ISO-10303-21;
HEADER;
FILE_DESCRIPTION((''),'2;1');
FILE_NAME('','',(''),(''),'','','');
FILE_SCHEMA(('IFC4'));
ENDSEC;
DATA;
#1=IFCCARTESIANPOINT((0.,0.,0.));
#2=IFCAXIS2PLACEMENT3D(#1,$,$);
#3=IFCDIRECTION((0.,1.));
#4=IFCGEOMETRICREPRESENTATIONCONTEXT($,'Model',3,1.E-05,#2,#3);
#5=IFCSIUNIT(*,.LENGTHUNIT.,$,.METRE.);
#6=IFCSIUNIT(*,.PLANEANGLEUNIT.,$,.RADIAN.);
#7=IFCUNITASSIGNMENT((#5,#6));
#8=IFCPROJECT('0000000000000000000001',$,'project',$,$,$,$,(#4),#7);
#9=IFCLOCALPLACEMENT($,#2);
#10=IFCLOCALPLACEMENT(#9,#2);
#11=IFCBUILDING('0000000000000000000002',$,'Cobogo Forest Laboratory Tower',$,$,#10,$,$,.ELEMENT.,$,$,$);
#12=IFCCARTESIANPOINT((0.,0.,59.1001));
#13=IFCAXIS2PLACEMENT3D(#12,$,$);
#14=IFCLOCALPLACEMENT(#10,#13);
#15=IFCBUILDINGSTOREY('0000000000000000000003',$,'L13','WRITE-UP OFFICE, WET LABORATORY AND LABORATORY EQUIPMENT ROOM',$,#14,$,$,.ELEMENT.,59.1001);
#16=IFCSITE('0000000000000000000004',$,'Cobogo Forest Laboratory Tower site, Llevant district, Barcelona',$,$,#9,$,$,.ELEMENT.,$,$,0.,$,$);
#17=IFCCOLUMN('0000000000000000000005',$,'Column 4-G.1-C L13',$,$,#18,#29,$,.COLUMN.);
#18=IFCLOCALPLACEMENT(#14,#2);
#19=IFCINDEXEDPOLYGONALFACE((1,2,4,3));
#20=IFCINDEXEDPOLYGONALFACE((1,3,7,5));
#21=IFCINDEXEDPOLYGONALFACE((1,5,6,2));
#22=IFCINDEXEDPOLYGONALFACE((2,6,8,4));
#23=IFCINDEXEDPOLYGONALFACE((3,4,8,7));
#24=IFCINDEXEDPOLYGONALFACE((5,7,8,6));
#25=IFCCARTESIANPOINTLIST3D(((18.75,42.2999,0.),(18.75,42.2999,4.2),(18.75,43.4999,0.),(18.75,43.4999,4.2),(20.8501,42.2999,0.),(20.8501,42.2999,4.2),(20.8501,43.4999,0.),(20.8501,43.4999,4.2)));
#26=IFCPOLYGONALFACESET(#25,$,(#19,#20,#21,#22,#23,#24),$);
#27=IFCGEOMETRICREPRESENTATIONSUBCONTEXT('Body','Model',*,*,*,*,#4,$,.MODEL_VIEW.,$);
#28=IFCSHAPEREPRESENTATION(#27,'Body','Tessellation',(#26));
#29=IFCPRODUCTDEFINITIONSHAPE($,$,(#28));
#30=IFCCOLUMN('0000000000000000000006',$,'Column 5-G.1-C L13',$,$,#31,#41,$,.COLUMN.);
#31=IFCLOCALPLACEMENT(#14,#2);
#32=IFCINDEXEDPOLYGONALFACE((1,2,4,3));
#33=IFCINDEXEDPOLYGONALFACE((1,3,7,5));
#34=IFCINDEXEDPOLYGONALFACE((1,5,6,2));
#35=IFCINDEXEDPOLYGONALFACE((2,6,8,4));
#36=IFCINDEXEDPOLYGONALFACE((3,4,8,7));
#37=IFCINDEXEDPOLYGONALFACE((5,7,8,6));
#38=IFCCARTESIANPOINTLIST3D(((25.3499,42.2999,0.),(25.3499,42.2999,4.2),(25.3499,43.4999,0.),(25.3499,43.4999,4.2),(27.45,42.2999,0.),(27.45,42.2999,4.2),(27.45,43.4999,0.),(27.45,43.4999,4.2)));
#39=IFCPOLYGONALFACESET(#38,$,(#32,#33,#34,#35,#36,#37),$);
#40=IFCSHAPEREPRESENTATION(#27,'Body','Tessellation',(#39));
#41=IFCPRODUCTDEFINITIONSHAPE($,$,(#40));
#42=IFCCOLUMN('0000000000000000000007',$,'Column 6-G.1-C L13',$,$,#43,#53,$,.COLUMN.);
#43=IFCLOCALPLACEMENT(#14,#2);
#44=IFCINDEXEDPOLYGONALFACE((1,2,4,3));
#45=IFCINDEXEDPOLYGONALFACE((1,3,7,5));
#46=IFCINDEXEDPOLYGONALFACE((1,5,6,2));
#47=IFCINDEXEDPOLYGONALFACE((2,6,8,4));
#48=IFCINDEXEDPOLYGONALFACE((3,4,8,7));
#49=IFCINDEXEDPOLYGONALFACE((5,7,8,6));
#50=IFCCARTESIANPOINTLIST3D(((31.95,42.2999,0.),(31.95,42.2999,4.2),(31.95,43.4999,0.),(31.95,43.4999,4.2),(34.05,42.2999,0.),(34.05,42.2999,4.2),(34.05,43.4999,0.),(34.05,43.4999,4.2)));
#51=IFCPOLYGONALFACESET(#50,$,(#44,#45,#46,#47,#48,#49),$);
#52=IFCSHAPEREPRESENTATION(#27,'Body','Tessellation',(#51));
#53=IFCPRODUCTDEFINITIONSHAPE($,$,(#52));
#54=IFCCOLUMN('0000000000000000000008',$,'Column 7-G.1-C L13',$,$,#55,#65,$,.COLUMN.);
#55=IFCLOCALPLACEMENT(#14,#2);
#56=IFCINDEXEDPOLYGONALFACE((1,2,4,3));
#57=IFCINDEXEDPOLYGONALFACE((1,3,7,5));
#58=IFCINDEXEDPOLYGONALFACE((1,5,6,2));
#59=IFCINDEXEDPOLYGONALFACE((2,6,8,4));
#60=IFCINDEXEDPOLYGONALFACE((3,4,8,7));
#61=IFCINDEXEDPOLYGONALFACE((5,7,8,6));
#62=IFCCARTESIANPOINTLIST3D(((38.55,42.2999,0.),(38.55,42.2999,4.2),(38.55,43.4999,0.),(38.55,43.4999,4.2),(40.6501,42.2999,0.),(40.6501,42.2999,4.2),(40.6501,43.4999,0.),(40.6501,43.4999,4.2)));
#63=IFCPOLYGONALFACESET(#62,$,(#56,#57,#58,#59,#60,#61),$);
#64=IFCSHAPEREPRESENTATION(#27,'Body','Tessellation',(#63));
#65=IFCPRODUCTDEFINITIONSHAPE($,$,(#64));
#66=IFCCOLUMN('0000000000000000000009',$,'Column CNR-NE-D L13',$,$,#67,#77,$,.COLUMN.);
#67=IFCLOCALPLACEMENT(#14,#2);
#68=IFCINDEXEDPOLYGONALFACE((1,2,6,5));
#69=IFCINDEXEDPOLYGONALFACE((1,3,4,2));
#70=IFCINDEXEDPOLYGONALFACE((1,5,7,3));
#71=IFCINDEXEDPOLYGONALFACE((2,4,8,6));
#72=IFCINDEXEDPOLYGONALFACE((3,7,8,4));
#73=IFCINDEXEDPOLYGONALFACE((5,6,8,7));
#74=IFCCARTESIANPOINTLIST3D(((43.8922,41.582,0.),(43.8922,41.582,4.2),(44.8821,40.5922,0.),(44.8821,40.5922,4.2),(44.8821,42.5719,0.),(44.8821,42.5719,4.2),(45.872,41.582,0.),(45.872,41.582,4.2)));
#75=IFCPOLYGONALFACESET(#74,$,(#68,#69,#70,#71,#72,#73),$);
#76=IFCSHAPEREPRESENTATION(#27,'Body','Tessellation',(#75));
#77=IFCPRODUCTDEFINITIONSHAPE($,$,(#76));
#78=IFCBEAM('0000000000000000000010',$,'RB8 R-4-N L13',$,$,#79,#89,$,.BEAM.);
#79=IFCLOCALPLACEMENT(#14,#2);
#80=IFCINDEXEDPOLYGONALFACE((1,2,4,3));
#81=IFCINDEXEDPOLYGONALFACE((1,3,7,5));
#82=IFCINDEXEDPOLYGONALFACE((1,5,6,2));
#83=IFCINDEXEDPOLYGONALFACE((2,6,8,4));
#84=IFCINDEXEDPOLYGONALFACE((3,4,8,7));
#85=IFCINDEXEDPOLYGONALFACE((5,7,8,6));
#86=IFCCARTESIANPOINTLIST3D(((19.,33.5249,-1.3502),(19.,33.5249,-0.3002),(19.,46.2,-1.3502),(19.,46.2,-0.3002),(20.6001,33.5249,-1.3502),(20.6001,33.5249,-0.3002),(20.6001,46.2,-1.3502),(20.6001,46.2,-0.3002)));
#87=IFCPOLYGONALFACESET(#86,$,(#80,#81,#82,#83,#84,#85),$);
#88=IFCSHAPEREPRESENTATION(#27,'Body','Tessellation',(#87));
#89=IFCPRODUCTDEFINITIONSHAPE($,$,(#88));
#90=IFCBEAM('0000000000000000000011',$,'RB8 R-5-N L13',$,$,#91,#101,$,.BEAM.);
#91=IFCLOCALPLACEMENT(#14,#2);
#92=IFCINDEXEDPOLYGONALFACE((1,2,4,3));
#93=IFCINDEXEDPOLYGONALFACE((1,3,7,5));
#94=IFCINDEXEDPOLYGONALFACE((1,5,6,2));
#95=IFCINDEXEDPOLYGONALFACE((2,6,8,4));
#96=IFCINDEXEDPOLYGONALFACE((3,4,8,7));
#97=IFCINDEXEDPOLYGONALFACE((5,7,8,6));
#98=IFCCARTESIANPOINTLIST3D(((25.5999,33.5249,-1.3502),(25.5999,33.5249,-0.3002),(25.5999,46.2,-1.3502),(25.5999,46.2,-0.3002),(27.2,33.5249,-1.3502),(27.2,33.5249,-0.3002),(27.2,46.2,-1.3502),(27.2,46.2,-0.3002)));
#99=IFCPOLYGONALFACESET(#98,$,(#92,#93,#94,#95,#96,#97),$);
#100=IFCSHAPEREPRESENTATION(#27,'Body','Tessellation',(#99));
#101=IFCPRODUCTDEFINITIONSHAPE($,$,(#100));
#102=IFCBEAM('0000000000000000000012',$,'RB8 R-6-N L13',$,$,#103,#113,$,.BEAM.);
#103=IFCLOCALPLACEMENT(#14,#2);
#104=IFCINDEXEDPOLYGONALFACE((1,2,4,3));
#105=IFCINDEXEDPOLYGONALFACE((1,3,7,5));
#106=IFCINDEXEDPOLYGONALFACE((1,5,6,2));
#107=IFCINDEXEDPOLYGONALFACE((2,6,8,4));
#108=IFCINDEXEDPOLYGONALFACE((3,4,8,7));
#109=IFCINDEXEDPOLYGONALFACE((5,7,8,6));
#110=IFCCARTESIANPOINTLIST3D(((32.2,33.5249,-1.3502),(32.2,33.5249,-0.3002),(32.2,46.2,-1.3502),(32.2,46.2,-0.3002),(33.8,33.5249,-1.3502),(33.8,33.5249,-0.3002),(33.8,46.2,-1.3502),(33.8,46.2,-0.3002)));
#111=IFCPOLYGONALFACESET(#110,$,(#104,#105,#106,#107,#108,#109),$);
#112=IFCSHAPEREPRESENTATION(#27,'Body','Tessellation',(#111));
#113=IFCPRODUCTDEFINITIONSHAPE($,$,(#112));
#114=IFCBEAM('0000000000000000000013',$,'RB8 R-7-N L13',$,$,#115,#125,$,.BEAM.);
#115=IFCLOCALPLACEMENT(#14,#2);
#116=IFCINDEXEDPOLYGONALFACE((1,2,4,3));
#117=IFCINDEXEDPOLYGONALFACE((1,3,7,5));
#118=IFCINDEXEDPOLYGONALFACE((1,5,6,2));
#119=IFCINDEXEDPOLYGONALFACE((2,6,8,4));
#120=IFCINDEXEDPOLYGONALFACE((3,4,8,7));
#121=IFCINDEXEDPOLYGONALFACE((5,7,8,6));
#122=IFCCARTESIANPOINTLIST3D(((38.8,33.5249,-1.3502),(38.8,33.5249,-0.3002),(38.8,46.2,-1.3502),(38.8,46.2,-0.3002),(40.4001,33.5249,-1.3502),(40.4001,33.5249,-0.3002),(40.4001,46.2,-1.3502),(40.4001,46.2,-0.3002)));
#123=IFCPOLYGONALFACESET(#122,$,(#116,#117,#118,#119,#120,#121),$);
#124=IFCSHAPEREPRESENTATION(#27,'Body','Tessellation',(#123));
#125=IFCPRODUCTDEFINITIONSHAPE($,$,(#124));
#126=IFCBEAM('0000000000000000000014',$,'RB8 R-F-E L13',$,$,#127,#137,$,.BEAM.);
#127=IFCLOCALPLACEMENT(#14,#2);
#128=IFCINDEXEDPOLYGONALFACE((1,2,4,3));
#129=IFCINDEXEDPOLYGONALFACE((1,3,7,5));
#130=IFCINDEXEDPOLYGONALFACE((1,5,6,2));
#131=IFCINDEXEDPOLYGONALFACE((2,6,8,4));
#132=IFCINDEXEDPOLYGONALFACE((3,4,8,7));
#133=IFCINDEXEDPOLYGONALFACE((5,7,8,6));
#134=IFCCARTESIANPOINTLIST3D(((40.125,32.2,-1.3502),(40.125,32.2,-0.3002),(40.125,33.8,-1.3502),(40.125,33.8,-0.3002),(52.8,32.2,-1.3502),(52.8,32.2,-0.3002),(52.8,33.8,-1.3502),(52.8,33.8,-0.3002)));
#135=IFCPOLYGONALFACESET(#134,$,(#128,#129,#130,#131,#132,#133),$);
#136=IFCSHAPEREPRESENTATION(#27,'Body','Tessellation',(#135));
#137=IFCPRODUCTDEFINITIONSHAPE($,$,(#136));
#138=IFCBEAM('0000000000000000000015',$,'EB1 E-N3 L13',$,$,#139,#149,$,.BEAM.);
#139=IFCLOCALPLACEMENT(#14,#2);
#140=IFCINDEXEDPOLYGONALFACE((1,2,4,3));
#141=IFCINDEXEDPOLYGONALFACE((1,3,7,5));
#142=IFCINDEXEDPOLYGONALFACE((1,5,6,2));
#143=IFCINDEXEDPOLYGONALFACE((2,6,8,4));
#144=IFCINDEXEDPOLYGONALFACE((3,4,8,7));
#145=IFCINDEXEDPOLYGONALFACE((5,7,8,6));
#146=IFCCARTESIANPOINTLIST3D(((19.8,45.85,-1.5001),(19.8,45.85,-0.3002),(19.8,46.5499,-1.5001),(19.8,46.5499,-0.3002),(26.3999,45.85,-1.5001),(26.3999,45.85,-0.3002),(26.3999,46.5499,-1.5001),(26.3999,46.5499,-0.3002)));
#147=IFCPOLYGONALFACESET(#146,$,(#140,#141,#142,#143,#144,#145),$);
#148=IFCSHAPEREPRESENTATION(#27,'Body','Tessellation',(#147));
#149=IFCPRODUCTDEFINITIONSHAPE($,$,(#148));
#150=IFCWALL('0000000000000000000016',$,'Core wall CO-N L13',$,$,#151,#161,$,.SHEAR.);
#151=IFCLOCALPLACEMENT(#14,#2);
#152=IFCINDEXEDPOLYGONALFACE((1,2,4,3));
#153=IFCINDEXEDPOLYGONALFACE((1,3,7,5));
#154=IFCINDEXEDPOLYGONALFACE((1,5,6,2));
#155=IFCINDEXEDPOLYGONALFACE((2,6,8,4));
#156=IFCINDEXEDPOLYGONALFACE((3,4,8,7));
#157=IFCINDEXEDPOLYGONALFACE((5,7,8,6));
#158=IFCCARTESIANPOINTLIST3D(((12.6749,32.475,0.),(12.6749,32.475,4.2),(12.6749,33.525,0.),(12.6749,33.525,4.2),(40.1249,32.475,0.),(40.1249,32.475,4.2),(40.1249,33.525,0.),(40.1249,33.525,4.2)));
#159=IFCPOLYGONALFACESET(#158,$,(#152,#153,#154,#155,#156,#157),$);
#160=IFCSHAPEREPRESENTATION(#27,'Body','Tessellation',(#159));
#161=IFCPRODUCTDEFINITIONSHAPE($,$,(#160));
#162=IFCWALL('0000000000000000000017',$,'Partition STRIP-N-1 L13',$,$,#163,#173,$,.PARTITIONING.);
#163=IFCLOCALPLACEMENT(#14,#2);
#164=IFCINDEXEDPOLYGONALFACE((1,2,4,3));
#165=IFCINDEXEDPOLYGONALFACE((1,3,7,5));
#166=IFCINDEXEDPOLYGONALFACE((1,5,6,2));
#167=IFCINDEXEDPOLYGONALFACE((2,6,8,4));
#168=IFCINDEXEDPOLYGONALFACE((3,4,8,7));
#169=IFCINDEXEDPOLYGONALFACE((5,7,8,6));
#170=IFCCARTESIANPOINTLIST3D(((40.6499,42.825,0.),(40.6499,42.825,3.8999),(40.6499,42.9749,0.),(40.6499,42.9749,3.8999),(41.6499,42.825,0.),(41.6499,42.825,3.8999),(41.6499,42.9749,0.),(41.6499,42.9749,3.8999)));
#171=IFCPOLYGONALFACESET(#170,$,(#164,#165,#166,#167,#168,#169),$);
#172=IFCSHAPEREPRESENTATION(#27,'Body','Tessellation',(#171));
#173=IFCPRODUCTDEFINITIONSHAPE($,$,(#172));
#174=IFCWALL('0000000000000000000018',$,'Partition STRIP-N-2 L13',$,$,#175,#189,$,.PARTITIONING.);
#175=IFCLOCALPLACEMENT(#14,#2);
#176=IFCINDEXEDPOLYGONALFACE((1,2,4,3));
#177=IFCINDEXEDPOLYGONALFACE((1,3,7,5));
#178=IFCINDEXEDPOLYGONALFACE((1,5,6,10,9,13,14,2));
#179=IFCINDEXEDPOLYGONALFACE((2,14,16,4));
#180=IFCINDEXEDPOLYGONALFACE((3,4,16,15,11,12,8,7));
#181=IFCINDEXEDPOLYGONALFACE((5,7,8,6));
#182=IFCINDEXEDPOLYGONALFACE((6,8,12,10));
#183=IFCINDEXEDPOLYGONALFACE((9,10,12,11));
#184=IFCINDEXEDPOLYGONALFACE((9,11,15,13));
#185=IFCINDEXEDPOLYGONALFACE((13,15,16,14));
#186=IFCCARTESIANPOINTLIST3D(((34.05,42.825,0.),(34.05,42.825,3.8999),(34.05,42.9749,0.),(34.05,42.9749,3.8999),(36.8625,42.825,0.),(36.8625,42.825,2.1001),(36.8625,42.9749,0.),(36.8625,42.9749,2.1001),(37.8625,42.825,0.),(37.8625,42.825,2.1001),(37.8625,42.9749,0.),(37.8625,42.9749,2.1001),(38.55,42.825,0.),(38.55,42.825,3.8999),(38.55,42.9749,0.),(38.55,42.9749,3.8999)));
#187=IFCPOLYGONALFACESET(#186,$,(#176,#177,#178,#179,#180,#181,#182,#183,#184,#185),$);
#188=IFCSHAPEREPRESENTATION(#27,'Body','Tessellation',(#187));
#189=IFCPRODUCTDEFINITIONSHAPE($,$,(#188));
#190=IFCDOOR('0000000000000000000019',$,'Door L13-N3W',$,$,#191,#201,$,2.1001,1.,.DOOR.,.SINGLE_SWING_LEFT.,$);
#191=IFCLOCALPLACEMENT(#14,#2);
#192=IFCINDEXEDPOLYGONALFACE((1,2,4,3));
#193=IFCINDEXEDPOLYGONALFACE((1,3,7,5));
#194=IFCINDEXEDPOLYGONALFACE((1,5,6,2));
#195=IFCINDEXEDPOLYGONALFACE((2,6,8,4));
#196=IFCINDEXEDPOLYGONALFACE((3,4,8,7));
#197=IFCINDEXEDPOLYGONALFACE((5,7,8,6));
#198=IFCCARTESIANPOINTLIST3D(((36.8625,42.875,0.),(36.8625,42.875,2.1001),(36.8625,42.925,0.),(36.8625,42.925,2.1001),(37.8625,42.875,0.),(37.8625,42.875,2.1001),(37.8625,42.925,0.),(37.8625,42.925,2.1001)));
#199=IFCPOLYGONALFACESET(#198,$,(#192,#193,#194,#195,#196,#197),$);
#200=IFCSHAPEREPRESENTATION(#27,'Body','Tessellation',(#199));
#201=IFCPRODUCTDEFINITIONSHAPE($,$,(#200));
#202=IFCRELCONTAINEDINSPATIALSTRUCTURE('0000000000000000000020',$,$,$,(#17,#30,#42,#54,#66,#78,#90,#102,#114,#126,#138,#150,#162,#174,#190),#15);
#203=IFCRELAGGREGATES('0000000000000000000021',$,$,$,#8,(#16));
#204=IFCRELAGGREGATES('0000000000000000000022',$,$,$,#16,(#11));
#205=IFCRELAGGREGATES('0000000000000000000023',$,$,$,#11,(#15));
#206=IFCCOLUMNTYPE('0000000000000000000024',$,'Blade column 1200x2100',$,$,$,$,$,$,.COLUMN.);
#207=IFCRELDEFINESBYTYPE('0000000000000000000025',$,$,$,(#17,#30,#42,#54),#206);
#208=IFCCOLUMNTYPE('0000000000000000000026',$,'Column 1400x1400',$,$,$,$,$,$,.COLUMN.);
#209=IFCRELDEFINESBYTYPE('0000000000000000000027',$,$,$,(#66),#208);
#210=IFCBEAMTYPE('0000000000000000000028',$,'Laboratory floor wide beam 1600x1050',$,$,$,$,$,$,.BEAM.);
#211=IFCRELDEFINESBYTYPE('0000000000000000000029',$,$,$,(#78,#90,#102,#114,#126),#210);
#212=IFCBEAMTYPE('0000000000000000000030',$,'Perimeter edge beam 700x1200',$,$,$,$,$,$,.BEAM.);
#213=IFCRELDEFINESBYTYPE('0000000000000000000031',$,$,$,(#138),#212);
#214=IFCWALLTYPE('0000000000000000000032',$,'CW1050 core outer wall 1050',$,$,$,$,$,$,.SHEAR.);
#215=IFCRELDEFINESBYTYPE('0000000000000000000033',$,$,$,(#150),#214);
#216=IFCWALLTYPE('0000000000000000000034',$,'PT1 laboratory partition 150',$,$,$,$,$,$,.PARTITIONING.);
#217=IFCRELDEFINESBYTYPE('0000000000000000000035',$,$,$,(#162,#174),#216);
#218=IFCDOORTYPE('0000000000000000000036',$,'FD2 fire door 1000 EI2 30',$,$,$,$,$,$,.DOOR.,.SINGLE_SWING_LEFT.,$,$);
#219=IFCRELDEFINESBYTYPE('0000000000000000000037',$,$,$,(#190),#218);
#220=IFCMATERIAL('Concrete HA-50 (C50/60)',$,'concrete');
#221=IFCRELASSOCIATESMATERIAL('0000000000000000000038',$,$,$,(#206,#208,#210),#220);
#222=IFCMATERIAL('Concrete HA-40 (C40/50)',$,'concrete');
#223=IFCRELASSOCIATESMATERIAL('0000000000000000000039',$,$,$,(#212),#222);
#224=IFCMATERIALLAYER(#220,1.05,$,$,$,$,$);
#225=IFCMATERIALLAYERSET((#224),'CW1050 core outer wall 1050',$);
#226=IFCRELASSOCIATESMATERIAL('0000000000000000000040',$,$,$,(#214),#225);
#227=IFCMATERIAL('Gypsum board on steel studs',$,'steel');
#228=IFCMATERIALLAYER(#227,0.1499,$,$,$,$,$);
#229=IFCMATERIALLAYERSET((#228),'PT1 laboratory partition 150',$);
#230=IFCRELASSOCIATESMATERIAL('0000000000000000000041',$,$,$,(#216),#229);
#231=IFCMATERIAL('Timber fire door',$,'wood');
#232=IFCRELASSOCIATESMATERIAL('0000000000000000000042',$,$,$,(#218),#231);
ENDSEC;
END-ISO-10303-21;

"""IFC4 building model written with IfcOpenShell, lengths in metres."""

from ifc_helpers import new_model, si_unit, direction, frame, frame_2d, origin, origin_2d, place, context, subcontext, project, spatial, rectangle, extrude, material, layer, layer_set, material_profile, profile_set, type_object, element, fill, save


model = new_model("IFC4")

# Units and contexts
model_context = context("Model", 3, precision=1e-05, world=origin(), true_north=direction((0.0, 1.0)))
body_context = subcontext(model_context, "Body", "Model", "MODEL_VIEW")
ifc_project = project(units=[si_unit("LENGTHUNIT", "METRE"), si_unit("PLANEANGLEUNIT", "RADIAN")], contexts=[model_context])

# Site, building, storey
site_placement = place(None, origin())
site = spatial("IfcSite", under=ifc_project, at=site_placement, Name="Cobogo Forest Laboratory Tower site, Llevant district, Barcelona", CompositionType="ELEMENT", RefElevation=0.0)
building_placement = place(site_placement, origin())
building = spatial("IfcBuilding", under=site, at=building_placement, Name="Cobogo Forest Laboratory Tower", CompositionType="ELEMENT")
storey_placement = place(building_placement, frame((0.0, 0.0, 59.1001)))
storey = spatial("IfcBuildingStorey", under=building, at=storey_placement, Name="L13", Description="WRITE-UP OFFICE, WET LABORATORY AND LABORATORY EQUIPMENT ROOM", CompositionType="ELEMENT", Elevation=59.1001)

# Columns
ifc_material_1 = material(Name="Concrete HA-50 (C50/60)", Category="concrete")
ifc_material_profile_1 = material_profile(ifc_material_1, rectangle(XDim=2.1001, YDim=1.2, at=origin_2d()), Name="RC 1200x2100")
ifc_profile_set_1 = profile_set([ifc_material_profile_1], Name="Concrete HA-50 (C50/60)")
column_type_1 = type_object("IfcColumnType", Name="Blade column 1200x2100", PredefinedType="COLUMN", material=ifc_profile_set_1)
for number, where, z_axis, x_axis, name in (
    (1, (19.8, 42.8999, 0.0), (0.0, 0.0, 1.0), (1.0, 0.0, 0.0), "Column 4-G.1-C L13"),
    (2, (26.3999, 42.8999, 0.0), (0.0, 0.0, 1.0), (1.0, 0.0, 0.0), "Column 5-G.1-C L13"),
    (3, (33.0, 42.8999, 0.0), (0.0, 0.0, 1.0), (1.0, 0.0, 0.0), "Column 6-G.1-C L13"),
    (4, (39.6001, 42.8999, 0.0), (0.0, 0.0, 1.0), (1.0, 0.0, 0.0), "Column 7-G.1-C L13"),
):
    element("IfcColumn", number, at=place(storey_placement, frame(where, z_axis=z_axis, x_axis=x_axis)), inside=storey, type_object=column_type_1, Name=name, PredefinedType="COLUMN", context=body_context, shape_type="SweptSolid", body=[
        extrude(rectangle(XDim=2.1001, YDim=1.2, at=origin_2d()), origin(), (0.0, 0.0, 1.0), 4.2),
    ])
ifc_material_profile_2 = material_profile(ifc_material_1, rectangle(XDim=1.3999, YDim=1.3999, at=origin_2d()), Name="RC 1400x1400")
ifc_profile_set_2 = profile_set([ifc_material_profile_2], Name="Concrete HA-50 (C50/60)")
column_type_2 = type_object("IfcColumnType", Name="Column 1400x1400", PredefinedType="COLUMN", material=ifc_profile_set_2)
column_placement = place(storey_placement, frame((44.8821, 41.582, 0.0), z_axis=(0.0, 0.0, 1.0), x_axis=(0.707107, 0.707107, 0.0)))
element("IfcColumn", 5, at=column_placement, inside=storey, type_object=column_type_2, Name="Column CNR-NE-D L13", PredefinedType="COLUMN", context=body_context, shape_type="SweptSolid", body=[
    extrude(rectangle(XDim=1.3999, YDim=1.3999, at=origin_2d()), origin(), (0.0, 0.0, 1.0), 4.2),
])

# Beams
ifc_material_profile_3 = material_profile(ifc_material_1, rectangle(XDim=1.6001, YDim=1.05, at=origin_2d()), Name="RC 1600x1050")
ifc_profile_set_3 = profile_set([ifc_material_profile_3], Name="Concrete HA-50 (C50/60)")
beam_type_1 = type_object("IfcBeamType", Name="Laboratory floor wide beam 1600x1050", PredefinedType="BEAM", material=ifc_profile_set_3)
for number, where, z_axis, x_axis, name in (
    (6, (19.8, 33.5249, -0.8252), (0.0, 1.0, 0.0), (-1.0, 0.0, 0.0), "RB8 R-4-N L13"),
    (7, (26.3999, 33.5249, -0.8252), (0.0, 1.0, 0.0), (-1.0, 0.0, 0.0), "RB8 R-5-N L13"),
    (8, (33.0, 33.5249, -0.8252), (0.0, 1.0, 0.0), (-1.0, 0.0, 0.0), "RB8 R-6-N L13"),
    (9, (39.6001, 33.5249, -0.8252), (0.0, 1.0, 0.0), (-1.0, 0.0, 0.0), "RB8 R-7-N L13"),
    (10, (40.125, 33.0, -0.8252), (1.0, 0.0, 0.0), (0.0, 1.0, 0.0), "RB8 R-F-E L13"),
):
    element("IfcBeam", number, at=place(storey_placement, frame(where, z_axis=z_axis, x_axis=x_axis)), inside=storey, type_object=beam_type_1, Name=name, PredefinedType="BEAM", context=body_context, shape_type="SweptSolid", body=[
        extrude(rectangle(XDim=1.6001, YDim=1.05, at=origin_2d()), origin(), (0.0, 0.0, 1.0), 12.675),
    ])
ifc_material_2 = material(Name="Concrete HA-40 (C40/50)", Category="concrete")
ifc_material_profile_4 = material_profile(ifc_material_2, rectangle(XDim=0.7, YDim=1.2, at=origin_2d()), Name="RC 700x1200")
ifc_profile_set_4 = profile_set([ifc_material_profile_4], Name="Concrete HA-40 (C40/50)")
beam_type_2 = type_object("IfcBeamType", Name="Perimeter edge beam 700x1200", PredefinedType="BEAM", material=ifc_profile_set_4)
beam_placement = place(storey_placement, frame((19.8, 46.2, -0.9001), z_axis=(1.0, 0.0, 0.0), x_axis=(0.0, 1.0, 0.0)))
element("IfcBeam", 11, at=beam_placement, inside=storey, type_object=beam_type_2, Name="EB1 E-N3 L13", PredefinedType="BEAM", context=body_context, shape_type="SweptSolid", body=[
    extrude(rectangle(XDim=0.7, YDim=1.2, at=origin_2d()), origin(), (0.0, 0.0, 1.0), 6.5999),
])

# Walls
ifc_layer_1 = layer(ifc_material_1, 1.05)
ifc_layer_set_1 = layer_set([ifc_layer_1], Name="CW1050 core outer wall 1050")
wall_type_1 = type_object("IfcWallType", Name="CW1050 core outer wall 1050", PredefinedType="SHEAR", material=ifc_layer_set_1)
wall_1_placement = place(storey_placement, frame((40.125, 33.0, 0.0), z_axis=(0.0, 0.0, 1.0), x_axis=(-1.0, 0.0, 0.0)))
element("IfcWall", 12, at=wall_1_placement, inside=storey, type_object=wall_type_1, Name="Core wall CO-N L13", PredefinedType="SHEAR", context=body_context, shape_type="SweptSolid", body=[
    extrude(rectangle(XDim=27.45, YDim=1.05, at=frame_2d((13.7251, 0.0))), origin(), (0.0, 0.0, 1.0), 4.2),
])
ifc_material_3 = material(Name="Gypsum board on steel studs", Category="steel")
ifc_layer_2 = layer(ifc_material_3, 0.1499)
ifc_layer_set_2 = layer_set([ifc_layer_2], Name="PT1 laboratory partition 150")
wall_type_2 = type_object("IfcWallType", Name="PT1 laboratory partition 150", PredefinedType="PARTITIONING", material=ifc_layer_set_2)
wall_2_placement = place(storey_placement, frame((41.6499, 42.8999, 0.0), z_axis=(0.0, 0.0, 1.0), x_axis=(-1.0, 0.0, 0.0)))
element("IfcWall", 13, at=wall_2_placement, inside=storey, type_object=wall_type_2, Name="Partition STRIP-N-1 L13", PredefinedType="PARTITIONING", context=body_context, shape_type="SweptSolid", body=[
    extrude(rectangle(XDim=1.0, YDim=0.1499, at=frame_2d((0.5, 0.0))), origin(), (0.0, 0.0, 1.0), 3.8999),
])

# Wall, opening, door
wall_3_placement = place(storey_placement, frame((38.55, 42.8999, 0.0), z_axis=(0.0, 0.0, 1.0), x_axis=(-1.0, 0.0, 0.0)))
wall_3 = element("IfcWall", 14, at=wall_3_placement, inside=storey, type_object=wall_type_2, Name="Partition STRIP-N-2 L13", PredefinedType="PARTITIONING", context=body_context, shape_type="SweptSolid", body=[
    extrude(rectangle(XDim=4.5, YDim=0.1499, at=frame_2d((2.25, 0.0))), origin(), (0.0, 0.0, 1.0), 3.8999),
])
opening_1_placement = place(wall_3_placement, frame((0.6875, 0.0, 0.0)))
opening_1 = element("IfcOpeningElement", 15, at=opening_1_placement, cuts=wall_3, PredefinedType="OPENING", context=body_context, shape_type="SweptSolid", body=[
    extrude(rectangle(XDim=1.0, YDim=2.1001, at=frame_2d((0.5, 1.05))), frame((0.0, 0.085, 0.0), z_axis=(0.0, -1.0, 0.0), x_axis=(1.0, 0.0, 0.0)), (0.0, 0.0, 1.0), 0.1699),
])
ifc_material_4 = material(Name="Timber fire door", Category="wood")
door_type = type_object("IfcDoorType", Name="FD2 fire door 1000 EI2 30", OperationType="SINGLE_SWING_LEFT", PredefinedType="DOOR", material=ifc_material_4)
door_1_placement = place(opening_1_placement, origin())
door_1 = element("IfcDoor", 16, at=door_1_placement, inside=storey, type_object=door_type, Name="Door L13-N3W", OperationType="SINGLE_SWING_LEFT", OverallHeight=2.1001, OverallWidth=1.0, PredefinedType="DOOR", context=body_context, shape_type="SweptSolid", body=[
    extrude(rectangle(XDim=1.0, YDim=2.1001, at=frame_2d((0.5, 1.05))), frame((0.0, 0.0249, 0.0), z_axis=(0.0, -1.0, 0.0), x_axis=(1.0, 0.0, 0.0)), (0.0, 0.0, 1.0), 0.05),
])
fill(opening_1, door_1)

save(model, "model.ifc")
